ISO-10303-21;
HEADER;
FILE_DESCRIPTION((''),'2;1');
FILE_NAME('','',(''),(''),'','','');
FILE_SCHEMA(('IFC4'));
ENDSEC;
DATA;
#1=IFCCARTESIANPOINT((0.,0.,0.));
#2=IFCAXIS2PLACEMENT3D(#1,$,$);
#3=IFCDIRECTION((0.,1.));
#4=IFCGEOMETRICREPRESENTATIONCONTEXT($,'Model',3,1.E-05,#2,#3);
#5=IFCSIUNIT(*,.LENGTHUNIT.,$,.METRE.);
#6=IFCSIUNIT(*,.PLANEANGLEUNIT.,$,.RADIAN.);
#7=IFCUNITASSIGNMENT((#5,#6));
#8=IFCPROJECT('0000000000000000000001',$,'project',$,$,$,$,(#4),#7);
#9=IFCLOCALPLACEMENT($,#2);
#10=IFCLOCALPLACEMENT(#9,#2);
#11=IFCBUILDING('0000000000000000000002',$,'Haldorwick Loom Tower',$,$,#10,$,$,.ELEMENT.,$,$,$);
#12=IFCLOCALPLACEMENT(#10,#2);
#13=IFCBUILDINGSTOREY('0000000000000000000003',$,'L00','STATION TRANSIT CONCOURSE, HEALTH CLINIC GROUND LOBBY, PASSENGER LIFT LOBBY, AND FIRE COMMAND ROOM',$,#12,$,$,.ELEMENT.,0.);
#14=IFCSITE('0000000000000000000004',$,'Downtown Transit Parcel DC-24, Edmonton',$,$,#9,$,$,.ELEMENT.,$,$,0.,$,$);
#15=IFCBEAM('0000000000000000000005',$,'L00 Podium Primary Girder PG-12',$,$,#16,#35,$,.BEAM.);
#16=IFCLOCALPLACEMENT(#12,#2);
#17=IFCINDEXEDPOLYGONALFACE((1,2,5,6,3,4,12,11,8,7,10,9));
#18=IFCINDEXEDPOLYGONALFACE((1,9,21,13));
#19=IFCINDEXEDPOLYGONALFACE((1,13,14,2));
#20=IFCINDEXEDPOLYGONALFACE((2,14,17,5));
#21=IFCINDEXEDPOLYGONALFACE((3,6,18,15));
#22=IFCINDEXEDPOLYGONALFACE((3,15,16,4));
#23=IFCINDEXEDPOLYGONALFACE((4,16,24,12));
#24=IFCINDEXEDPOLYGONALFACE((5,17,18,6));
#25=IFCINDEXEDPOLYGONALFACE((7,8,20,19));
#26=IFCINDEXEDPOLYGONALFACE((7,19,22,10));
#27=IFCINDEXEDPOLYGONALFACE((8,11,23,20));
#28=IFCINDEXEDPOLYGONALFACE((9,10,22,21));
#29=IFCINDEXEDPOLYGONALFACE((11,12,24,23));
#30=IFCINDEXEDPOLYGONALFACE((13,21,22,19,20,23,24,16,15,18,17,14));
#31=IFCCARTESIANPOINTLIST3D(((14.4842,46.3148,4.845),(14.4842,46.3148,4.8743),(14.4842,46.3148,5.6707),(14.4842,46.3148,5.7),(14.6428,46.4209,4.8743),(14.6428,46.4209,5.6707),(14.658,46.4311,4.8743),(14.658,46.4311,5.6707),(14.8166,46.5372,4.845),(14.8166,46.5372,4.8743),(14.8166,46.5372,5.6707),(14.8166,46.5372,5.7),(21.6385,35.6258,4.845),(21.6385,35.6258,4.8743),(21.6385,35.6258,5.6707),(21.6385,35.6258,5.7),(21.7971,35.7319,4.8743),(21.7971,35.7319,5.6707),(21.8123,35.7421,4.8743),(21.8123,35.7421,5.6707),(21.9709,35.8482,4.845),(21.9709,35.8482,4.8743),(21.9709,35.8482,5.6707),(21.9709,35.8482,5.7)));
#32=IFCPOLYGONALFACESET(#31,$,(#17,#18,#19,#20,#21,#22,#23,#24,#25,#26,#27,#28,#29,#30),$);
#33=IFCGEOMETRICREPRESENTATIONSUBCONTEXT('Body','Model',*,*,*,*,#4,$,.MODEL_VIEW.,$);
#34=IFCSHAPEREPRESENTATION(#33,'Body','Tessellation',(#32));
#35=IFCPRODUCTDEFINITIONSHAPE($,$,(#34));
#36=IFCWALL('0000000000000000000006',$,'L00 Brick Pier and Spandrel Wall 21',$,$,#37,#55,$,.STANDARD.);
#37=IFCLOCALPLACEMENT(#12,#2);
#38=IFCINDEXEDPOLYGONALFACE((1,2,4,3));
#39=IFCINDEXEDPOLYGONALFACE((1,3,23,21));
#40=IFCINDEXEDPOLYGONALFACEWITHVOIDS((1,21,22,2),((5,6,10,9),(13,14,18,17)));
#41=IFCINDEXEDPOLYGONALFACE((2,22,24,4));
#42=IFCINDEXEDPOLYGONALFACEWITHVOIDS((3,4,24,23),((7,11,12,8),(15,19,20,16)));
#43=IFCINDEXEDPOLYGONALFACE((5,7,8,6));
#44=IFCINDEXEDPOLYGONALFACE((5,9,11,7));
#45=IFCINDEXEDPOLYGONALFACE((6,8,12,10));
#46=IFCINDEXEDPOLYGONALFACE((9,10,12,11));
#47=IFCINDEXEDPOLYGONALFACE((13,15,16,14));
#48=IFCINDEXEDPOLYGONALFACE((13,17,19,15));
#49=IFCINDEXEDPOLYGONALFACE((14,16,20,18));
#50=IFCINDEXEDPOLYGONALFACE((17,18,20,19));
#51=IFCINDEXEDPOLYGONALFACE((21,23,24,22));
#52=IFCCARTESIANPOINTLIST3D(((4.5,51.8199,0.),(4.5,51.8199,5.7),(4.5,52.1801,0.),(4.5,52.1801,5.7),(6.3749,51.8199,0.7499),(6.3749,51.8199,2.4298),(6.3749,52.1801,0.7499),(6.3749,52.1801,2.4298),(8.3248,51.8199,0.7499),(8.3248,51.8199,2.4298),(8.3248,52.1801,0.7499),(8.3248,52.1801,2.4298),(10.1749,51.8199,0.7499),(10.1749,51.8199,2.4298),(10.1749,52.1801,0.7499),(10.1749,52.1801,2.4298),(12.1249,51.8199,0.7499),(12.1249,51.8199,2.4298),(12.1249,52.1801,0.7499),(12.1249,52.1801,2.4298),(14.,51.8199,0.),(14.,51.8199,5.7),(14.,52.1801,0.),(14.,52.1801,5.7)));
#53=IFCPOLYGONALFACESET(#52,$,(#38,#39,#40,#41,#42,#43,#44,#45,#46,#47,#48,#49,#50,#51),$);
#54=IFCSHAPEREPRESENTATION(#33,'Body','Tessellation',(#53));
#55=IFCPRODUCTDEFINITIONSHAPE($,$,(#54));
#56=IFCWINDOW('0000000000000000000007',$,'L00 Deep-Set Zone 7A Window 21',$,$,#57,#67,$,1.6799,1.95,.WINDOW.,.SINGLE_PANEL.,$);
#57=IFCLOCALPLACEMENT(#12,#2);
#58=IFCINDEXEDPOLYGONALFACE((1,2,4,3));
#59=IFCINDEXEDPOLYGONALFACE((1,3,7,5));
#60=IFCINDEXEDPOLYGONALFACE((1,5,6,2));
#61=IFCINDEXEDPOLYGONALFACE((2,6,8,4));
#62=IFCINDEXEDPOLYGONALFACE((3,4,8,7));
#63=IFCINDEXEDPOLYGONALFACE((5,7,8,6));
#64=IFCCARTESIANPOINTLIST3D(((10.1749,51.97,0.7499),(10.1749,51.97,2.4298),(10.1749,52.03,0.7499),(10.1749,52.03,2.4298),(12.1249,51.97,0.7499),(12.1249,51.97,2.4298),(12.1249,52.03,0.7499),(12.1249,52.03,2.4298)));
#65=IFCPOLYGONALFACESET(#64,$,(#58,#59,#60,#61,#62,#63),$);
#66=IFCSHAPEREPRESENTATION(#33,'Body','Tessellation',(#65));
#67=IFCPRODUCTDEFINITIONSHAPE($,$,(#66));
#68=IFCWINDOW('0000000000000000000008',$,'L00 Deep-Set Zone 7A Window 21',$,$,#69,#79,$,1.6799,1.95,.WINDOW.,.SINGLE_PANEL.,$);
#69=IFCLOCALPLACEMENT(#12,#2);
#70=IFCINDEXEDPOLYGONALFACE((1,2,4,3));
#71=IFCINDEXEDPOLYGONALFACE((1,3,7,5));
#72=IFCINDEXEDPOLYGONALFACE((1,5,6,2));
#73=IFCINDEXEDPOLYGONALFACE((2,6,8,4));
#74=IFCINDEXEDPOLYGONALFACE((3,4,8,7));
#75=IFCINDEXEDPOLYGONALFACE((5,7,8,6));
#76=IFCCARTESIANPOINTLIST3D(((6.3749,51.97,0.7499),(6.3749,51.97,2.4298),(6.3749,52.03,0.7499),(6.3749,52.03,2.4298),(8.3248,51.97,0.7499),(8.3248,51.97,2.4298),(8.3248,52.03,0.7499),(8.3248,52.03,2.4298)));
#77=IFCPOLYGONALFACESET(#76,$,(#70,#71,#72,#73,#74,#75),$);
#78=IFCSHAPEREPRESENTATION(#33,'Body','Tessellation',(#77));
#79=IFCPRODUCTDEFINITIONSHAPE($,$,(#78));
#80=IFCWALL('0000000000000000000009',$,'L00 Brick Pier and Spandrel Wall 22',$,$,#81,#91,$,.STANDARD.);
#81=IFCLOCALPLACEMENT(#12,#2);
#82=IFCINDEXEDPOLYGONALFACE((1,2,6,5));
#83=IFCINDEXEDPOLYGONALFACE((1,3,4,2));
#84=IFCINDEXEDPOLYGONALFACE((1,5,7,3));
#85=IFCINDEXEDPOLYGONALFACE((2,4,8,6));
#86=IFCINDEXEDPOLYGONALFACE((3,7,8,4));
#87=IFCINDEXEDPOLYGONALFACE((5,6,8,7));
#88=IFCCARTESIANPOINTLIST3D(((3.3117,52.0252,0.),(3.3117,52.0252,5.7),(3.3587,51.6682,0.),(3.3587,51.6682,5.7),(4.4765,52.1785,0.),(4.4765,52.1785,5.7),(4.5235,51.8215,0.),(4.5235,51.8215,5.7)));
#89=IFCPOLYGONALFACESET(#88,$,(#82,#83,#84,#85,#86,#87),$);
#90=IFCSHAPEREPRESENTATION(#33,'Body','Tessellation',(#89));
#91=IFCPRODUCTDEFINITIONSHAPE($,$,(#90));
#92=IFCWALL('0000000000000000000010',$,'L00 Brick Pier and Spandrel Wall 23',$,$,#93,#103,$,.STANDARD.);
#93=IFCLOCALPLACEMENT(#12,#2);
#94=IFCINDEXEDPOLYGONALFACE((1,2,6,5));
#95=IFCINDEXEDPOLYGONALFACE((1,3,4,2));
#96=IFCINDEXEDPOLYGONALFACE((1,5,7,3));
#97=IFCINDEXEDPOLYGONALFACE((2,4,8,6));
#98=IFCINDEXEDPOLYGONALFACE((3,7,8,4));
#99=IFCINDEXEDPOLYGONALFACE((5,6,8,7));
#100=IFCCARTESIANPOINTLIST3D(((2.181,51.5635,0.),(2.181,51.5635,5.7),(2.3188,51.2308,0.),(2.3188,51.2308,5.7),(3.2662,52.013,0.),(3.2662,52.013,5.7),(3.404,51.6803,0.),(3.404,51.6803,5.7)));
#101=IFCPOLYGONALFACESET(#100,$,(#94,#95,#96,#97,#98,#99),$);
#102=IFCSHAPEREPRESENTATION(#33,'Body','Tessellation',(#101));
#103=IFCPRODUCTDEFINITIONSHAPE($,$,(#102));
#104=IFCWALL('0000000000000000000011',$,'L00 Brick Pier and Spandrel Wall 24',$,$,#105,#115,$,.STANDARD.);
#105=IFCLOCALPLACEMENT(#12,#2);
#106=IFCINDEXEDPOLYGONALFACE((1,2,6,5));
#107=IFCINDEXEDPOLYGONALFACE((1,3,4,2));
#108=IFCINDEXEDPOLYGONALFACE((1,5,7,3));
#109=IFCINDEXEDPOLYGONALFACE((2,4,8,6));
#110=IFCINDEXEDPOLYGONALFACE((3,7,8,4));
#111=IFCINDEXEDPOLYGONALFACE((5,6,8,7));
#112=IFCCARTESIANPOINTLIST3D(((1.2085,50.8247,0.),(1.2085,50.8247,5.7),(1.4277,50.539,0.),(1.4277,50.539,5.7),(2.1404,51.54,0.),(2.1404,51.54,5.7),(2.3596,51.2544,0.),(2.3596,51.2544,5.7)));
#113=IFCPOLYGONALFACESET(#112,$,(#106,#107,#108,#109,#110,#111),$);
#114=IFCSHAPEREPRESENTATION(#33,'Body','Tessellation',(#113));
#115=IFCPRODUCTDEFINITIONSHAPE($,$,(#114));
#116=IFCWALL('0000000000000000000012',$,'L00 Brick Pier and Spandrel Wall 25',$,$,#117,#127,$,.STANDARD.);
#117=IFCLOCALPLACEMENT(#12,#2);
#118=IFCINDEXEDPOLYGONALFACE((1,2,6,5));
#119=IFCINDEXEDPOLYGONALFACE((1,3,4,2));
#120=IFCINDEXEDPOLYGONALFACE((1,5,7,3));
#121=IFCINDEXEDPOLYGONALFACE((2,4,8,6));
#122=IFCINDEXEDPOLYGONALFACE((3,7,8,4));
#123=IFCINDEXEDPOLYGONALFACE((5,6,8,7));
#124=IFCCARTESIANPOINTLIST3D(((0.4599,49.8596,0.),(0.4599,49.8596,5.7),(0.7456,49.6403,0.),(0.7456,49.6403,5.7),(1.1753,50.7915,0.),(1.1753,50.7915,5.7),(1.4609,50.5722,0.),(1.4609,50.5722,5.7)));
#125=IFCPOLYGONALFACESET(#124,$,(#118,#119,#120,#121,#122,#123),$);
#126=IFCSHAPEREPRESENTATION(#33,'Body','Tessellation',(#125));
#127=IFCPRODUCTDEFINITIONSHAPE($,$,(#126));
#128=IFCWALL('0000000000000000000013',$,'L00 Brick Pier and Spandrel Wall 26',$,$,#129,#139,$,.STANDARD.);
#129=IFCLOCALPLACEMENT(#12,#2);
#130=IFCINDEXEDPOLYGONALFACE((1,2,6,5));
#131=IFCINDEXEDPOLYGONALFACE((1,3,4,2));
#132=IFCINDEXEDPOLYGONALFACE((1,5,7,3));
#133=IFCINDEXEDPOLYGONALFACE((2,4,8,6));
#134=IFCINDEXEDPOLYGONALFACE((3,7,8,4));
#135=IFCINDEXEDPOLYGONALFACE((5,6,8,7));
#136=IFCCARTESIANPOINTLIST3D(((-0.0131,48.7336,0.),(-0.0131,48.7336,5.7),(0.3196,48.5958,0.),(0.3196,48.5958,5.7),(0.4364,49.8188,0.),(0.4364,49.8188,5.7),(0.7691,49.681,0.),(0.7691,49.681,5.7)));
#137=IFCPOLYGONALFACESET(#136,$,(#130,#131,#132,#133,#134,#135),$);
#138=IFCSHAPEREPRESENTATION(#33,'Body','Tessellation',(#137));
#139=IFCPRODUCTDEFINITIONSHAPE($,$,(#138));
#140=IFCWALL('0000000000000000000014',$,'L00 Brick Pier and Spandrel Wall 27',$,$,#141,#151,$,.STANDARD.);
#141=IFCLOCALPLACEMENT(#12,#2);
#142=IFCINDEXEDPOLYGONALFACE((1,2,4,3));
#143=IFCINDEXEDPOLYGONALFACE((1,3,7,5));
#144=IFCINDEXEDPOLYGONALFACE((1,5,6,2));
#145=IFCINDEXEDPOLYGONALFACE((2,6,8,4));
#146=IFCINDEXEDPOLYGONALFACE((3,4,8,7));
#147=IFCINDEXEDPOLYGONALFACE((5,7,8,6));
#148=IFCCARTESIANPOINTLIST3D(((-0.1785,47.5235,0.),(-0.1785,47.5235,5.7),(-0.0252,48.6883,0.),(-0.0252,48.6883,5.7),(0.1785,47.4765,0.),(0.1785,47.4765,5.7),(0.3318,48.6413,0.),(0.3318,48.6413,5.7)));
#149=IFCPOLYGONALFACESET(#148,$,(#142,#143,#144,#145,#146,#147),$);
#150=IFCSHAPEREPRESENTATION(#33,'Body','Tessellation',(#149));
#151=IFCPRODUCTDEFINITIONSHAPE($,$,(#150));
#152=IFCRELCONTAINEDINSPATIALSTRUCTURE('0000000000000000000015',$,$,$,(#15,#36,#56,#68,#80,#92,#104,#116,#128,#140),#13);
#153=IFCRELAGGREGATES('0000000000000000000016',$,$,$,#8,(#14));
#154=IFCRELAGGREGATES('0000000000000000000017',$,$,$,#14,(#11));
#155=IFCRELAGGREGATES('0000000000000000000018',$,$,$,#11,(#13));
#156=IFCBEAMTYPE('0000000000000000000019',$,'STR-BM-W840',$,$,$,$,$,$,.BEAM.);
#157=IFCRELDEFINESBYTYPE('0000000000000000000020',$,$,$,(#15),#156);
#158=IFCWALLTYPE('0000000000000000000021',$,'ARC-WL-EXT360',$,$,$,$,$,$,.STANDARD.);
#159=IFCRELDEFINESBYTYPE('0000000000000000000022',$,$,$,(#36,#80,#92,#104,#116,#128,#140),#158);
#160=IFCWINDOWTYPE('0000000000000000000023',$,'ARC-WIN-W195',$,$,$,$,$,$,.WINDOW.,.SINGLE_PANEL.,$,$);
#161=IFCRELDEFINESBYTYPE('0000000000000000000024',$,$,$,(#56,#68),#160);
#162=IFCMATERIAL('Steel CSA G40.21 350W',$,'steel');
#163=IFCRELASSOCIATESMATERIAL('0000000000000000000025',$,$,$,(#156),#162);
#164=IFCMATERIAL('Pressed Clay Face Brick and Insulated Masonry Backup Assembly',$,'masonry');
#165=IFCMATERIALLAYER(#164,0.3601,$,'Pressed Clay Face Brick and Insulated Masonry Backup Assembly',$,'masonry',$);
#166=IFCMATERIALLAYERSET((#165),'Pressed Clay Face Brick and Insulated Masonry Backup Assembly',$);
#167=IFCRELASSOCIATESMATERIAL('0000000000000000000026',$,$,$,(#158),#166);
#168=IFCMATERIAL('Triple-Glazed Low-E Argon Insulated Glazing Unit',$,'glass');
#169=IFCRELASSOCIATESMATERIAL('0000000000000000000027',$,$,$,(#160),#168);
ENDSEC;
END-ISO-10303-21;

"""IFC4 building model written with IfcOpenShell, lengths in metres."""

from ifc_helpers import new_model, si_unit, direction, frame, frame_2d, origin, origin_2d, place, context, subcontext, project, spatial, rectangle, i_section, extrude, material, layer, layer_set, material_profile, profile_set, type_object, element, fill, save


model = new_model("IFC4")

# Units and contexts
model_context = context("Model", 3, precision=1e-05, world=origin(), true_north=direction((0.0, 1.0)))
body_context = subcontext(model_context, "Body", "Model", "MODEL_VIEW")
ifc_project = project(units=[si_unit("LENGTHUNIT", "METRE"), si_unit("PLANEANGLEUNIT", "RADIAN")], contexts=[model_context])

# Site, building, storey
site_placement = place(None, origin())
site = spatial("IfcSite", under=ifc_project, at=site_placement, Name="Downtown Transit Parcel DC-24, Edmonton", CompositionType="ELEMENT", RefElevation=0.0)
building_placement = place(site_placement, origin())
building = spatial("IfcBuilding", under=site, at=building_placement, Name="Haldorwick Loom Tower", CompositionType="ELEMENT")
storey_placement = place(building_placement, origin())
storey = spatial("IfcBuildingStorey", under=building, at=storey_placement, Name="L00", Description="STATION TRANSIT CONCOURSE, HEALTH CLINIC GROUND LOBBY, PASSENGER LIFT LOBBY, AND FIRE COMMAND ROOM", CompositionType="ELEMENT", Elevation=0.0)

# Shared definitions
ifc_material_1 = material(Name="Steel CSA G40.21 350W", Category="steel")

# Beam
ifc_material_profile_1 = material_profile(ifc_material_1, i_section(OverallWidth=0.3999, OverallDepth=0.855, WebThickness=0.0183, FlangeThickness=0.0293, at=origin_2d()), Name="W840X299", Category="steel")
ifc_profile_set_1 = profile_set([ifc_material_profile_1], Name="Steel CSA G40.21 350W")
beam_type_1 = type_object("IfcBeamType", Name="STR-BM-W840", PredefinedType="BEAM", material=ifc_profile_set_1)
beam_1_placement = place(storey_placement, frame((14.6504, 46.426, 5.2725), z_axis=(0.556224, -0.831033, 0.0), x_axis=(0.831033, 0.556224, 0.0)))
element("IfcBeam", 1, at=beam_1_placement, inside=storey, type_object=beam_type_1, Name="L00 Podium Primary Girder PG-12", PredefinedType="BEAM", context=body_context, shape_type="SweptSolid", body=[
    extrude(i_section(OverallWidth=0.3999, OverallDepth=0.855, WebThickness=0.0183, FlangeThickness=0.0293, at=origin_2d()), origin(), (0.0, 0.0, 1.0), 12.8623),
])

# Wall, openings, windows
ifc_material_2 = material(Name="Pressed Clay Face Brick and Insulated Masonry Backup Assembly", Category="masonry")
ifc_layer_1 = layer(ifc_material_2, 0.3601, Name="Pressed Clay Face Brick and Insulated Masonry Backup Assembly", Category="masonry")
ifc_layer_set_1 = layer_set([ifc_layer_1], Name="Pressed Clay Face Brick and Insulated Masonry Backup Assembly")
wall_type_1 = type_object("IfcWallType", Name="ARC-WL-EXT360", PredefinedType="STANDARD", material=ifc_layer_set_1)
wall_1_placement = place(storey_placement, frame((14.0, 52.0, 0.0), z_axis=(0.0, 0.0, 1.0), x_axis=(-1.0, 0.0, 0.0)))
wall_1 = element("IfcWall", 2, at=wall_1_placement, inside=storey, type_object=wall_type_1, Name="L00 Brick Pier and Spandrel Wall 21", PredefinedType="STANDARD", context=body_context, shape_type="SweptSolid", body=[
    extrude(rectangle(XDim=9.5, YDim=0.3601, at=frame_2d((4.75, 0.0))), origin(), (0.0, 0.0, 1.0), 5.7),
])
opening_1_placement = place(wall_1_placement, frame((1.875, 0.0, 0.75)))
opening_1 = element("IfcOpeningElement", 3, at=opening_1_placement, cuts=wall_1, PredefinedType="OPENING", context=body_context, shape_type="SweptSolid", body=[
    extrude(rectangle(XDim=1.95, YDim=1.6799, at=frame_2d((0.9751, 0.8398))), frame((0.0, 0.1899, 0.0), z_axis=(0.0, -1.0, 0.0), x_axis=(1.0, 0.0, 0.0)), (0.0, 0.0, 1.0), 0.3801),
])
opening_2_placement = place(wall_1_placement, frame((5.675, 0.0, 0.75)))
opening_2 = element("IfcOpeningElement", 4, at=opening_2_placement, cuts=wall_1, PredefinedType="OPENING", context=body_context, shape_type="SweptSolid", body=[
    extrude(rectangle(XDim=1.95, YDim=1.6799, at=frame_2d((0.9751, 0.8398))), frame((0.0, 0.1899, 0.0), z_axis=(0.0, -1.0, 0.0), x_axis=(1.0, 0.0, 0.0)), (0.0, 0.0, 1.0), 0.3801),
])
ifc_material_3 = material(Name="Triple-Glazed Low-E Argon Insulated Glazing Unit", Category="glass")
window_type = type_object("IfcWindowType", Name="ARC-WIN-W195", PartitioningType="SINGLE_PANEL", PredefinedType="WINDOW", material=ifc_material_3)
window_1_placement = place(opening_1_placement, origin())
window_1 = element("IfcWindow", 5, at=window_1_placement, inside=storey, type_object=window_type, Name="L00 Deep-Set Zone 7A Window 21", OverallHeight=1.6799, OverallWidth=1.95, PartitioningType="SINGLE_PANEL", PredefinedType="WINDOW", context=body_context, shape_type="SweptSolid", body=[
    extrude(rectangle(XDim=1.95, YDim=1.6799, at=frame_2d((0.9751, 0.8398))), frame((0.0, 0.03, 0.0), z_axis=(0.0, -1.0, 0.0), x_axis=(1.0, 0.0, 0.0)), (0.0, 0.0, 1.0), 0.0601),
])
fill(opening_1, window_1)
window_2_placement = place(opening_2_placement, origin())
window_2 = element("IfcWindow", 6, at=window_2_placement, inside=storey, type_object=window_type, Name="L00 Deep-Set Zone 7A Window 21", OverallHeight=1.6799, OverallWidth=1.95, PartitioningType="SINGLE_PANEL", PredefinedType="WINDOW", context=body_context, shape_type="SweptSolid", body=[
    extrude(rectangle(XDim=1.95, YDim=1.6799, at=frame_2d((0.9751, 0.8398))), frame((0.0, 0.03, 0.0), z_axis=(0.0, -1.0, 0.0), x_axis=(1.0, 0.0, 0.0)), (0.0, 0.0, 1.0), 0.0601),
])
fill(opening_2, window_2)

# Walls
wall_2_placement = place(storey_placement, frame((4.5, 52.0, 0.0), z_axis=(0.0, 0.0, 1.0), x_axis=(-0.991448, -0.130503, 0.0)))
element("IfcWall", 7, at=wall_2_placement, inside=storey, type_object=wall_type_1, Name="L00 Brick Pier and Spandrel Wall 22", PredefinedType="STANDARD", context=body_context, shape_type="SweptSolid", body=[
    extrude(rectangle(XDim=1.1748, YDim=0.3601, at=frame_2d((0.5874, 0.0))), origin(), (0.0, 0.0, 1.0), 5.7),
])
wall_3_placement = place(storey_placement, frame((3.3352, 51.8467, 0.0), z_axis=(0.0, 0.0, 1.0), x_axis=(-0.923893, -0.382652, 0.0)))
element("IfcWall", 8, at=wall_3_placement, inside=storey, type_object=wall_type_1, Name="L00 Brick Pier and Spandrel Wall 23", PredefinedType="STANDARD", context=body_context, shape_type="SweptSolid", body=[
    extrude(rectangle(XDim=1.1746, YDim=0.3601, at=frame_2d((0.5874, 0.0))), origin(), (0.0, 0.0, 1.0), 5.7),
])
for number, where, z_axis, x_axis, name in (
    (9, (2.25, 51.3972, 0.0), (0.0, 0.0, 1.0), (-0.793242, -0.608907, 0.0), "L00 Brick Pier and Spandrel Wall 24"),
    (10, (1.3181, 50.6819, 0.0), (0.0, 0.0, 1.0), (-0.608907, -0.793242, 0.0), "L00 Brick Pier and Spandrel Wall 25"),
):
    element("IfcWall", number, at=place(storey_placement, frame(where, z_axis=z_axis, x_axis=x_axis)), inside=storey, type_object=wall_type_1, Name=name, PredefinedType="STANDARD", context=body_context, shape_type="SweptSolid", body=[
        extrude(rectangle(XDim=1.1748, YDim=0.3601, at=frame_2d((0.5874, 0.0))), origin(), (0.0, 0.0, 1.0), 5.7),
    ])
wall_4_placement = place(storey_placement, frame((0.6028, 49.75, 0.0), z_axis=(0.0, 0.0, 1.0), x_axis=(-0.382652, -0.923893, 0.0)))
element("IfcWall", 11, at=wall_4_placement, inside=storey, type_object=wall_type_1, Name="L00 Brick Pier and Spandrel Wall 26", PredefinedType="STANDARD", context=body_context, shape_type="SweptSolid", body=[
    extrude(rectangle(XDim=1.1746, YDim=0.3601, at=frame_2d((0.5874, 0.0))), origin(), (0.0, 0.0, 1.0), 5.7),
])
wall_5_placement = place(storey_placement, frame((0.1533, 48.6648, 0.0), z_axis=(0.0, 0.0, 1.0), x_axis=(-0.130503, -0.991448, 0.0)))
element("IfcWall", 12, at=wall_5_placement, inside=storey, type_object=wall_type_1, Name="L00 Brick Pier and Spandrel Wall 27", PredefinedType="STANDARD", context=body_context, shape_type="SweptSolid", body=[
    extrude(rectangle(XDim=1.1748, YDim=0.3601, at=frame_2d((0.5874, 0.0))), origin(), (0.0, 0.0, 1.0), 5.7),
])

save(model, "model.ifc")
